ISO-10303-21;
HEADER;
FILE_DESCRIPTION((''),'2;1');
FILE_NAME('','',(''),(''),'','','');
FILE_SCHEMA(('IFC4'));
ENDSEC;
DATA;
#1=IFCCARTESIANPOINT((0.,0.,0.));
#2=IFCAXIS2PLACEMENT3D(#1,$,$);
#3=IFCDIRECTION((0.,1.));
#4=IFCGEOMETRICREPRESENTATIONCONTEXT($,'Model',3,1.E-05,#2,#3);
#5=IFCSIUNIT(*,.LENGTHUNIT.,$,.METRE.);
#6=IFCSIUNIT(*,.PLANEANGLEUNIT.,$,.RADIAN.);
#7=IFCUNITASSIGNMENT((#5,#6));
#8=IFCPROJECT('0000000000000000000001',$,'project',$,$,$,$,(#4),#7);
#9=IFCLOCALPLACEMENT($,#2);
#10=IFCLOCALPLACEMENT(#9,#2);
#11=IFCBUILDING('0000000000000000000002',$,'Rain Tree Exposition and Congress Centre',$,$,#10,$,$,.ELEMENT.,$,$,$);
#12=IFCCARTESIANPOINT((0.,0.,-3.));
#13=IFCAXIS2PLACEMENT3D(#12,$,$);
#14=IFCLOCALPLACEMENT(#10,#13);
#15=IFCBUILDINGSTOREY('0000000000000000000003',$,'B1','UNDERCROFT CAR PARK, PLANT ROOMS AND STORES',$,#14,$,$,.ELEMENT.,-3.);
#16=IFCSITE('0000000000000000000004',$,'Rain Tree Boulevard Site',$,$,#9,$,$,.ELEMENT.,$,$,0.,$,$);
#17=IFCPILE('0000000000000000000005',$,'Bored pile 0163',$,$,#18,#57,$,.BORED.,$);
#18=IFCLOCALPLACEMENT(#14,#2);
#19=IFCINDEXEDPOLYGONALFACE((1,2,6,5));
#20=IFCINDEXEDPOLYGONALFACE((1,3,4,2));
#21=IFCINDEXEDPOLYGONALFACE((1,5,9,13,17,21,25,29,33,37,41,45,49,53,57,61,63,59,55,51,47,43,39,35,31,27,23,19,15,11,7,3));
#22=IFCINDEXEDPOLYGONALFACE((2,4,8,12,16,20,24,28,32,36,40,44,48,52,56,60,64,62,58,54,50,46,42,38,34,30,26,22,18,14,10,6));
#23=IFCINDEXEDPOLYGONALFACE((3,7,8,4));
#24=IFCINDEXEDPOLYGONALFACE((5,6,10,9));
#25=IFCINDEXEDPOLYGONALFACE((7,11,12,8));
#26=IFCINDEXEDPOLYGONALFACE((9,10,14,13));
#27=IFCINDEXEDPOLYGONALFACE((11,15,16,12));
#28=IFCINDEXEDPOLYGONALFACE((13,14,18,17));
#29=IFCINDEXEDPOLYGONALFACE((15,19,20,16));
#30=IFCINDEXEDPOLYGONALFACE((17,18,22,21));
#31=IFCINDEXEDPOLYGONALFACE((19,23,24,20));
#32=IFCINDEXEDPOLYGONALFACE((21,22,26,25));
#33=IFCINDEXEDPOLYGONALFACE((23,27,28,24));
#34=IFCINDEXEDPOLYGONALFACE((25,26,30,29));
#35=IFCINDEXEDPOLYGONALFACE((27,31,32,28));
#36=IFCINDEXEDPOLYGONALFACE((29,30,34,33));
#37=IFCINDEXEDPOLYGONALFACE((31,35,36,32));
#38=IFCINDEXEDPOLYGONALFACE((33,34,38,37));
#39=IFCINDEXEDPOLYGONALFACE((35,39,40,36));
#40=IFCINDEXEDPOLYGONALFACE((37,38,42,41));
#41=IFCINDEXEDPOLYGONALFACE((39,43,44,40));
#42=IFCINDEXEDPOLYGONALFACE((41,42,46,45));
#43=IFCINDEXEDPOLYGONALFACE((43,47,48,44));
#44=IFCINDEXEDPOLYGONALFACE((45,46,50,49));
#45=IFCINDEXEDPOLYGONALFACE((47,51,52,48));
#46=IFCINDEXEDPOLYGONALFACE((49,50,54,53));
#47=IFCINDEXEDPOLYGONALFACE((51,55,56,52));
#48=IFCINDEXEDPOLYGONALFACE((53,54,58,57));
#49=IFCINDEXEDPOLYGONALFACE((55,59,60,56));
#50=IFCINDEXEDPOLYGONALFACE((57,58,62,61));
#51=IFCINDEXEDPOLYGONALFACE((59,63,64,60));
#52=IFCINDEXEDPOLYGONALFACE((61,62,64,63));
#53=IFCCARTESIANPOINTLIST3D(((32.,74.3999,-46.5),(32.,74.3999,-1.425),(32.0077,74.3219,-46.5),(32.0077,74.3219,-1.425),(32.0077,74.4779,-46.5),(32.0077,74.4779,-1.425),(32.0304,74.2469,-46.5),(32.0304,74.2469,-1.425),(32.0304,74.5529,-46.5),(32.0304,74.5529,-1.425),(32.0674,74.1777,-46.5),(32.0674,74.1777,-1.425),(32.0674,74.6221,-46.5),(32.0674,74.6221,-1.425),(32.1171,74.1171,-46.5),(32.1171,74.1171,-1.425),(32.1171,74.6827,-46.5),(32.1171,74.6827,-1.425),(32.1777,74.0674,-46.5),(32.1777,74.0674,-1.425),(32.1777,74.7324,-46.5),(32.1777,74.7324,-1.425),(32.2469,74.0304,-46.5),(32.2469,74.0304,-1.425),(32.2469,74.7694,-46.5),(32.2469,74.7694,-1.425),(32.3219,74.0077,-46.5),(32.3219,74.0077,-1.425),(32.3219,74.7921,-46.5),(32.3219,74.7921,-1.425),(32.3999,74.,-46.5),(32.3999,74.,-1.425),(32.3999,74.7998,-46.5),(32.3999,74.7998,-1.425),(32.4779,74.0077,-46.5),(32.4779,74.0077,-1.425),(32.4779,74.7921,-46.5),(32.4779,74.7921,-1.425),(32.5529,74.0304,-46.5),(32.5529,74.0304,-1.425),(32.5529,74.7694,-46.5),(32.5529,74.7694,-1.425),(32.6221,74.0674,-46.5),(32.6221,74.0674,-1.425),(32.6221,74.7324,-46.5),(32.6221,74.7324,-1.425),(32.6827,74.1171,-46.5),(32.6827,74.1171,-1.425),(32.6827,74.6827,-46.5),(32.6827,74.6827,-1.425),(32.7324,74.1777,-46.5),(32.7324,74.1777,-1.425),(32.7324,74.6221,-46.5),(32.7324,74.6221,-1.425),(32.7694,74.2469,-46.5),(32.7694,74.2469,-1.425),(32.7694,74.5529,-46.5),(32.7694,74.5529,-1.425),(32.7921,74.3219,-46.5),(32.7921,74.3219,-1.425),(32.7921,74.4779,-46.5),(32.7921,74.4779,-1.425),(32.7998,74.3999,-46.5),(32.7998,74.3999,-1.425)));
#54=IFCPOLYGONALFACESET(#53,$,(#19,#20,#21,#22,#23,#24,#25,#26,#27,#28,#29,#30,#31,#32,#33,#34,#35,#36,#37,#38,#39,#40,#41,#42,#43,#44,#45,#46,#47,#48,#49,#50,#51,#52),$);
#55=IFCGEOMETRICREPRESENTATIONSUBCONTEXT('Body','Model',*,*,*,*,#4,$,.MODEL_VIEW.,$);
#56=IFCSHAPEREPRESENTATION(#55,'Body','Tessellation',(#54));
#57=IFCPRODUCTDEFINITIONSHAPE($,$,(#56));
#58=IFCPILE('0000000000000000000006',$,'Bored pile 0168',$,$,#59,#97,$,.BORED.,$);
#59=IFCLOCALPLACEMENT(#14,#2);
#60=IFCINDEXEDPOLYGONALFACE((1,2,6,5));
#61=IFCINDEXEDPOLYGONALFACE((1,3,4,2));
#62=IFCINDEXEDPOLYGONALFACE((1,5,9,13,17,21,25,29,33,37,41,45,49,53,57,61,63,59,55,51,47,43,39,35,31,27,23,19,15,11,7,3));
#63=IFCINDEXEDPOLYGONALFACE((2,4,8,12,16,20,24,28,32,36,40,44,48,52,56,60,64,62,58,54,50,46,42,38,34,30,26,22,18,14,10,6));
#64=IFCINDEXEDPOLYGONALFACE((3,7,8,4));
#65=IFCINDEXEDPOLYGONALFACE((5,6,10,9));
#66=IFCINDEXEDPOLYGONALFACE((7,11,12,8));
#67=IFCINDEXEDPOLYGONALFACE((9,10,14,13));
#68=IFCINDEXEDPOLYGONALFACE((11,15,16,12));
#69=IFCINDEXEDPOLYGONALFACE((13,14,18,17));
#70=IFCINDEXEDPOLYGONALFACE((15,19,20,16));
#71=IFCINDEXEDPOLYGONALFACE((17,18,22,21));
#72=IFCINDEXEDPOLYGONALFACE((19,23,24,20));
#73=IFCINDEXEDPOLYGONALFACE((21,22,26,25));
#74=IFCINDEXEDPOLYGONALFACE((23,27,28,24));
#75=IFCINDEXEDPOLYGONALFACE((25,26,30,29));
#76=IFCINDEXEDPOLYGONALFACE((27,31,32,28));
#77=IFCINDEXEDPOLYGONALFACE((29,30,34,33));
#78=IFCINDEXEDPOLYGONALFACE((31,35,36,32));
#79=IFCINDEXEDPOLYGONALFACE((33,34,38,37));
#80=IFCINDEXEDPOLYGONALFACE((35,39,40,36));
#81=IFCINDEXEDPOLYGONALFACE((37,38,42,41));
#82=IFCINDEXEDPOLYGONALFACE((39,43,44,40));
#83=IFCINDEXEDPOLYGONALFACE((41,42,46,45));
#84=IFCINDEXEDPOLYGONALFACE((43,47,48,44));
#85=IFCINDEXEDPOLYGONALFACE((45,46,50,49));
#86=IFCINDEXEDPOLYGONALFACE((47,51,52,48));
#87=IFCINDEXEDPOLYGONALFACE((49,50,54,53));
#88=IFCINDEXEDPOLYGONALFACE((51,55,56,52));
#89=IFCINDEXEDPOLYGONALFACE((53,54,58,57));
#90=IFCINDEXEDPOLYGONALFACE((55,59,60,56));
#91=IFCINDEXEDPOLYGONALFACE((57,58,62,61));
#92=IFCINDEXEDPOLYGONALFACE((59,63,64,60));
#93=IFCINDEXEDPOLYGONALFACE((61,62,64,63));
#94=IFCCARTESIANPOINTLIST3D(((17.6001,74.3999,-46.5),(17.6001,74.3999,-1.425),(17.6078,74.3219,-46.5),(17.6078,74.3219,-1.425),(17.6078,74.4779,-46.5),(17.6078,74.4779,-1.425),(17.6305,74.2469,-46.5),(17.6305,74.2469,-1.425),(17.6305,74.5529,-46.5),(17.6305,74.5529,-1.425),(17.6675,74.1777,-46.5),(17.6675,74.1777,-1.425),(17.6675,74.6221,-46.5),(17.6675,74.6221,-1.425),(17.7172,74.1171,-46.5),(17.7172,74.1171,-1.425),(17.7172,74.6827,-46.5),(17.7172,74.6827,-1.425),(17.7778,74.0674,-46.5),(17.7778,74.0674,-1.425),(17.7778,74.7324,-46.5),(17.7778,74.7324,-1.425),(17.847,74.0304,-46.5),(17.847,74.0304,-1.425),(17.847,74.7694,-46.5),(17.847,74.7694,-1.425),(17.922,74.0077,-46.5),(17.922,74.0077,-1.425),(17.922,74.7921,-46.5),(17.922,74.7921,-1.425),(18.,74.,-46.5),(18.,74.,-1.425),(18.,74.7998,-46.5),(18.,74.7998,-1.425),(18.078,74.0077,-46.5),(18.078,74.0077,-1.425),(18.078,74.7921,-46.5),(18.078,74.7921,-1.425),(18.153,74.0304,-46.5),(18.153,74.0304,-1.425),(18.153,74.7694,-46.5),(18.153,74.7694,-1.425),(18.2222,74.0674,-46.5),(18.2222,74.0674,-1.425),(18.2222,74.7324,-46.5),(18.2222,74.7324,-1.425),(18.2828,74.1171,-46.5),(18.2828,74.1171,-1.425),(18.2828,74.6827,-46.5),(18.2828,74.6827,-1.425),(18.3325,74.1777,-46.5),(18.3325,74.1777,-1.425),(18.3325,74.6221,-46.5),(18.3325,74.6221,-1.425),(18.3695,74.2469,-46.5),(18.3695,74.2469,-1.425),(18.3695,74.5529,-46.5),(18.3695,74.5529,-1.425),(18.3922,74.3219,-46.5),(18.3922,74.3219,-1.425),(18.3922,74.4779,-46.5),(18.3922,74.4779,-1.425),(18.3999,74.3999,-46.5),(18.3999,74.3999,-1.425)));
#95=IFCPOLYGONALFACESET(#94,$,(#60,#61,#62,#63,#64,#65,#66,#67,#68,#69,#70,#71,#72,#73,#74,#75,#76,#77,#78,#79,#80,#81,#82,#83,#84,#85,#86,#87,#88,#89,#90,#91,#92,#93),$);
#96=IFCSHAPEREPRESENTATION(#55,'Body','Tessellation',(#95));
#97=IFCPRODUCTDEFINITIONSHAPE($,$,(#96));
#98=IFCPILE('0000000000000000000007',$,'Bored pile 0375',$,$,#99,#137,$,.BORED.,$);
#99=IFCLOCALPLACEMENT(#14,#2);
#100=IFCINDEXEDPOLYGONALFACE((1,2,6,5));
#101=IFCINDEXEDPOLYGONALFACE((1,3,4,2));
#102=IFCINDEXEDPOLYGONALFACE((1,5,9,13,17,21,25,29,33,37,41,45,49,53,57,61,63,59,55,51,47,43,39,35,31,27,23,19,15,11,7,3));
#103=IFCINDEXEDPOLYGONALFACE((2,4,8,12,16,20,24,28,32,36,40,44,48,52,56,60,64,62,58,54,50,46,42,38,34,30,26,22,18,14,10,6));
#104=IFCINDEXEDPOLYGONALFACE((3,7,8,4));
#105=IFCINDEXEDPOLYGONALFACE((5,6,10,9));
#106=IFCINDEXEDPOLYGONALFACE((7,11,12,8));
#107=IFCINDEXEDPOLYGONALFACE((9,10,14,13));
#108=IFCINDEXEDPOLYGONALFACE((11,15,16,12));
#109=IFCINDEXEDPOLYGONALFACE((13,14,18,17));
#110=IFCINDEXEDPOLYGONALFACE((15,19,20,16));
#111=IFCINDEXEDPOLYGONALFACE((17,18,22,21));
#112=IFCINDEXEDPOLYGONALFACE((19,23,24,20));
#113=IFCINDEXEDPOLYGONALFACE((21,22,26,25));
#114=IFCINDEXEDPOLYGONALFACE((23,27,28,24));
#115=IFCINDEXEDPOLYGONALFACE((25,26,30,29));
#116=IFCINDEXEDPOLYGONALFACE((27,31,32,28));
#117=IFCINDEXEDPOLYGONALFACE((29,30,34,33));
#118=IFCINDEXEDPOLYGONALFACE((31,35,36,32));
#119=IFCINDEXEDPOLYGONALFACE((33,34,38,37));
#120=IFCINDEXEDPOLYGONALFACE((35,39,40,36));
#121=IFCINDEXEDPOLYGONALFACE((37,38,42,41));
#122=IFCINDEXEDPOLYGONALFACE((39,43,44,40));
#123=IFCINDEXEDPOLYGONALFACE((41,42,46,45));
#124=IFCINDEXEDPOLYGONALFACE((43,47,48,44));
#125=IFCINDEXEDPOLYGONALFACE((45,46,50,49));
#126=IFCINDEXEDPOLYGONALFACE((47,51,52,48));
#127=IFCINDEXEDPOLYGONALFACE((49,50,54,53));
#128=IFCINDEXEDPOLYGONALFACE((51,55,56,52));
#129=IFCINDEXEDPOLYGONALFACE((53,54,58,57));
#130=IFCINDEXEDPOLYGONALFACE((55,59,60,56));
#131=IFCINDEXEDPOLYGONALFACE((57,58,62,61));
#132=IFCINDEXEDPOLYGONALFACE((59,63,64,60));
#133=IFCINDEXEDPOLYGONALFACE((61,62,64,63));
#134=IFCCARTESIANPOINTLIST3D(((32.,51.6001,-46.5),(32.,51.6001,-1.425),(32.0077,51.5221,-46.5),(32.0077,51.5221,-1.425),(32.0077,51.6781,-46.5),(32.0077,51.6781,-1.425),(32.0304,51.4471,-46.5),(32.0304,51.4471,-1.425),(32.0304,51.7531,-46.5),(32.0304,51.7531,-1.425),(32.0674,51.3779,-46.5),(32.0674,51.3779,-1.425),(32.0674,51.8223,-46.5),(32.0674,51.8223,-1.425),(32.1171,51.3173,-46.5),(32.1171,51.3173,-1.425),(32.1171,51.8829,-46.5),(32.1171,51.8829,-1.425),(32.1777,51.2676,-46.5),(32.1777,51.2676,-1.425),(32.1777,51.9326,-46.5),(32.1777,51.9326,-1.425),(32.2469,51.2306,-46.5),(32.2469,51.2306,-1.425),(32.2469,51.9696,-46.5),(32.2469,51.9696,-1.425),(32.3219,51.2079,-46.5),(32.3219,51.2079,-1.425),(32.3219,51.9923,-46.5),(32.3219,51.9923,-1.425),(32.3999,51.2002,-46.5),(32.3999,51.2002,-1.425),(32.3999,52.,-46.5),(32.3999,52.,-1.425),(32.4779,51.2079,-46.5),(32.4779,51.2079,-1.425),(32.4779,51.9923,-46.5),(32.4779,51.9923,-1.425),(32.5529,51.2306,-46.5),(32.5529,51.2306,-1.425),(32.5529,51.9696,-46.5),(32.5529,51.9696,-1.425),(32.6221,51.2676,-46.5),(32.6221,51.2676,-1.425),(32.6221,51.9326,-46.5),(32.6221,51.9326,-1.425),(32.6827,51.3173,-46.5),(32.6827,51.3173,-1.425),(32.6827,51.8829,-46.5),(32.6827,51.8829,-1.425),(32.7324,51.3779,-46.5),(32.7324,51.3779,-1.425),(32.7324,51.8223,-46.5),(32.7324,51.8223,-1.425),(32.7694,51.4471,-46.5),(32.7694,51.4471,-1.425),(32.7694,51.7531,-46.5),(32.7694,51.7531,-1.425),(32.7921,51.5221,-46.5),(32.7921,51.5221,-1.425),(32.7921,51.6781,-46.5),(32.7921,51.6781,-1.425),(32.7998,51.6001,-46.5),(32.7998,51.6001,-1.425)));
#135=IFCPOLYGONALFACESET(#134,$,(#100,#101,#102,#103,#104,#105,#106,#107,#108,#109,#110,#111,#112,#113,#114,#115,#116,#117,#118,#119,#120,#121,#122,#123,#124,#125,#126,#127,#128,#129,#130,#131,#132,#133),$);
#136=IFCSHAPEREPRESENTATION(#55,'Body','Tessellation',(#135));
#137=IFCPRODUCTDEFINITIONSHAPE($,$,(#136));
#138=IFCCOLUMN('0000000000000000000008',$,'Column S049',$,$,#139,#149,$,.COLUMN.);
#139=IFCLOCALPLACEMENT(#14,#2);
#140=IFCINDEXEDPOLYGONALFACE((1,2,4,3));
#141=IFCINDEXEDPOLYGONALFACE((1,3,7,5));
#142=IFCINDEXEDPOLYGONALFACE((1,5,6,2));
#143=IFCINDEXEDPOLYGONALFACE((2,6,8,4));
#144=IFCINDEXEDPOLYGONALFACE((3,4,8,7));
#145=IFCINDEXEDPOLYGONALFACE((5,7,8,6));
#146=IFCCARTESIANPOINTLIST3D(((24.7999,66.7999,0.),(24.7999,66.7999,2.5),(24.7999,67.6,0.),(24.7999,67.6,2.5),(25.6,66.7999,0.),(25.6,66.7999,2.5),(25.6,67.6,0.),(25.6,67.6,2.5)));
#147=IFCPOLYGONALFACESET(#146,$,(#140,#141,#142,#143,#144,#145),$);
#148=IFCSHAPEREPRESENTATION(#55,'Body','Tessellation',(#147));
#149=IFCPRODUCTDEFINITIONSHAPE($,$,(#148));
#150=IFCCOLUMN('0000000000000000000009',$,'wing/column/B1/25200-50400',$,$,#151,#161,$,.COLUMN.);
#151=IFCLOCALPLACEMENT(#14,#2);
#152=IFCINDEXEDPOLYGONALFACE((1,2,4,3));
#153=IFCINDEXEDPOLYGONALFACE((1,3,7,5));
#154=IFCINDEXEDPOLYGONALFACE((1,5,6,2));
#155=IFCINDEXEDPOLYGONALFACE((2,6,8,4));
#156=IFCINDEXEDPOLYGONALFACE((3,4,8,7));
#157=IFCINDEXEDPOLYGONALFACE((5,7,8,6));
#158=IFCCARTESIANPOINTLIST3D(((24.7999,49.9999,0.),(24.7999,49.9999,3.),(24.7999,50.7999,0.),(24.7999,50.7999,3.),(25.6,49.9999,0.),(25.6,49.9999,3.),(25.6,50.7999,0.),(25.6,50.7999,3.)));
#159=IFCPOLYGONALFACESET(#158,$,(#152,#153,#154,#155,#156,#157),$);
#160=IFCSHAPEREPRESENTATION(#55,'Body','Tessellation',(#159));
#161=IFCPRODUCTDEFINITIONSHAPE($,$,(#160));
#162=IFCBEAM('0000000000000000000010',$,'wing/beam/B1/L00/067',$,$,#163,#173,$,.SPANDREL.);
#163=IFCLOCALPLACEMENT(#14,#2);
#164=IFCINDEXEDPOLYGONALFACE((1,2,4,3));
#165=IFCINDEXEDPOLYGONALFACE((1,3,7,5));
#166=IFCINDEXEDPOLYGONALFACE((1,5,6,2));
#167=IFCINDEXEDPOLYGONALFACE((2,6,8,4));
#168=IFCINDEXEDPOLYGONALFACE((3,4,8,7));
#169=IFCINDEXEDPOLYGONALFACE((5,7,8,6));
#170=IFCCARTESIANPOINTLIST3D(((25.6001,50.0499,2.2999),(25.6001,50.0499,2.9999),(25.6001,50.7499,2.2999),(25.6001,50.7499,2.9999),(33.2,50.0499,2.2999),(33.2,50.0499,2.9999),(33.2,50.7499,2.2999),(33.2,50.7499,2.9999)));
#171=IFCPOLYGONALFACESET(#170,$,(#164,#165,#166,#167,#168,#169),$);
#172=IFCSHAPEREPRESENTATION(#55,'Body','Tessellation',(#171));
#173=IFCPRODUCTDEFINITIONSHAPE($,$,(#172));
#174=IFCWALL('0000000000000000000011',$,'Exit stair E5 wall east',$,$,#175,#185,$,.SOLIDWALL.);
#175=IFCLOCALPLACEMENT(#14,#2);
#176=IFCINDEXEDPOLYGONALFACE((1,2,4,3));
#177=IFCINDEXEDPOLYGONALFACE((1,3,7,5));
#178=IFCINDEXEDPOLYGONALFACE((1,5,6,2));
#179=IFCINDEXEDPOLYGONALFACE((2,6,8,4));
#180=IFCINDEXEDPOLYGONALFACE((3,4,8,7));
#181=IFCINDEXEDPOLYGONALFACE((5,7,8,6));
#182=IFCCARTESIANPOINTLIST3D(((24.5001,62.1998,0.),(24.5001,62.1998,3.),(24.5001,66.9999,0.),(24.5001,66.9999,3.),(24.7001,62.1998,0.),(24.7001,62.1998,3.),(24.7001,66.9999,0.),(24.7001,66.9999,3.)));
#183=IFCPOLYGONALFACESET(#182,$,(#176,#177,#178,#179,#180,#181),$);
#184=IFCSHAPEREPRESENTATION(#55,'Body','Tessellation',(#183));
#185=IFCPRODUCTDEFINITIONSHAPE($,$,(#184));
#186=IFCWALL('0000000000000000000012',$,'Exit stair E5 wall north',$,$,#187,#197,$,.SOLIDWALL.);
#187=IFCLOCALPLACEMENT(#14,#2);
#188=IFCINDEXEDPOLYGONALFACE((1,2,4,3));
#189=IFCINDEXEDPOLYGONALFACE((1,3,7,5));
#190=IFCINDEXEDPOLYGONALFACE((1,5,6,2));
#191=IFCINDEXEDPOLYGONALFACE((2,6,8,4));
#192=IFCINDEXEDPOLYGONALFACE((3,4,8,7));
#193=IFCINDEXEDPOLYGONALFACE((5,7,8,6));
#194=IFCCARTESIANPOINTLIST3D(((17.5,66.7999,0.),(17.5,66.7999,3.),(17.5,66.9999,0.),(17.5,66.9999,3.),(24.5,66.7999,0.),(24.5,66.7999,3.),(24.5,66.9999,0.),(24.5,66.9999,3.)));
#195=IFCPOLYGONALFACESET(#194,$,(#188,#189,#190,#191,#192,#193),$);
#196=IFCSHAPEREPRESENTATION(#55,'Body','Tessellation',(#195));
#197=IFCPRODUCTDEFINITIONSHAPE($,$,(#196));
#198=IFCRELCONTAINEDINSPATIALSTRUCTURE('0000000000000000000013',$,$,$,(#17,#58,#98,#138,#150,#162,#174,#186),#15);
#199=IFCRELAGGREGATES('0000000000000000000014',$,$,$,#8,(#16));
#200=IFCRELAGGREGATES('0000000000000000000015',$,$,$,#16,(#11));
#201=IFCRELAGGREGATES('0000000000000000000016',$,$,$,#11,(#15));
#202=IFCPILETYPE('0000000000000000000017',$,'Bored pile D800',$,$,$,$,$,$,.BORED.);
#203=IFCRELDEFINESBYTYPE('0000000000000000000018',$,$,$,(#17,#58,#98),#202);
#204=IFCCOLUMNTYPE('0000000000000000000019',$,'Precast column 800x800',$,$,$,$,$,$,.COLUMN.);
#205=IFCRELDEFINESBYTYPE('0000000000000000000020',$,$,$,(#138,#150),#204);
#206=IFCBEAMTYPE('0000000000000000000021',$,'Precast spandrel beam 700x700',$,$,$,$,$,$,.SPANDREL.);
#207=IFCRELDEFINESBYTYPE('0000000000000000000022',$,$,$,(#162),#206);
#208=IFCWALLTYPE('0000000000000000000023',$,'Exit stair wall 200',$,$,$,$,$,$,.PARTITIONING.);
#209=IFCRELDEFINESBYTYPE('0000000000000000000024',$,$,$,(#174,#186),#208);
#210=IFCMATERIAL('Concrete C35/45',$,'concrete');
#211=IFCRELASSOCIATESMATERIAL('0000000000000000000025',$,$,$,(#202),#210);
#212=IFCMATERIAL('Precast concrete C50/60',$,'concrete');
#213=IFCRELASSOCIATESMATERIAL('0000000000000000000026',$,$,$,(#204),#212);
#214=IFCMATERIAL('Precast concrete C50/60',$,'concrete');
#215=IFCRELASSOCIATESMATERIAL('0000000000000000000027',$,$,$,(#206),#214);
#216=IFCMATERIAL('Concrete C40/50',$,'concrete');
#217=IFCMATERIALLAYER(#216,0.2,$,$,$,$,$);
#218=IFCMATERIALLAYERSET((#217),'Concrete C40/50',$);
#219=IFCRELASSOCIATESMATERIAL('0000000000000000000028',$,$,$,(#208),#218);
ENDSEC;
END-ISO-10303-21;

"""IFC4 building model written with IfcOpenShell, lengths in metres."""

from ifc_helpers import new_model, si_unit, direction, frame, frame_2d, origin, origin_2d, place, context, subcontext, project, spatial, rectangle, circle, extrude, material, layer, layer_set, material_profile, profile_set, type_object, element, save


model = new_model("IFC4")

# Units and contexts
model_context = context("Model", 3, precision=1e-05, world=origin(), true_north=direction((0.0, 1.0)))
body_context = subcontext(model_context, "Body", "Model", "MODEL_VIEW")
ifc_project = project(units=[si_unit("LENGTHUNIT", "METRE"), si_unit("PLANEANGLEUNIT", "RADIAN")], contexts=[model_context])

# Site, building, storey
site_placement = place(None, origin())
site = spatial("IfcSite", under=ifc_project, at=site_placement, Name="Rain Tree Boulevard Site", CompositionType="ELEMENT", RefElevation=0.0)
building_placement = place(site_placement, origin())
building = spatial("IfcBuilding", under=site, at=building_placement, Name="Rain Tree Exposition and Congress Centre", CompositionType="ELEMENT")
storey_placement = place(building_placement, frame((0.0, 0.0, -3.0)))
storey = spatial("IfcBuildingStorey", under=building, at=storey_placement, Name="B1", Description="UNDERCROFT CAR PARK, PLANT ROOMS AND STORES", CompositionType="ELEMENT", Elevation=-3.0)

# Piles
ifc_material_1 = material(Name="Concrete C35/45", Category="concrete")
ifc_material_profile_1 = material_profile(ifc_material_1, circle(Radius=0.3999, at=origin_2d()), Name="D800")
ifc_profile_set_1 = profile_set([ifc_material_profile_1], Name="Concrete C35/45")
pile_type_1 = type_object("IfcPileType", Name="Bored pile D800", PredefinedType="BORED", material=ifc_profile_set_1)
for number, where, z_axis, x_axis, name in (
    (1, (32.3999, 74.3999, -1.425), (0.0, 0.0, -1.0), (1.0, 0.0, 0.0), "Bored pile 0163"),
    (2, (18.0, 74.3999, -1.425), (0.0, 0.0, -1.0), (1.0, 0.0, 0.0), "Bored pile 0168"),
    (3, (32.3999, 51.6001, -1.425), (0.0, 0.0, -1.0), (1.0, 0.0, 0.0), "Bored pile 0375"),
):
    element("IfcPile", number, at=place(storey_placement, frame(where, z_axis=z_axis, x_axis=x_axis)), inside=storey, type_object=pile_type_1, Name=name, PredefinedType="BORED", context=body_context, shape_type="SweptSolid", body=[
        extrude(circle(Radius=0.3999, at=origin_2d()), origin(), (0.0, 0.0, 1.0), 45.075),
    ])

# Columns
ifc_material_2 = material(Name="Precast concrete C50/60", Category="concrete")
ifc_material_profile_2 = material_profile(ifc_material_2, rectangle(XDim=0.8, YDim=0.8, at=origin_2d()), Name="RC 800x800")
ifc_profile_set_2 = profile_set([ifc_material_profile_2], Name="Precast concrete C50/60")
column_type = type_object("IfcColumnType", Name="Precast column 800x800", PredefinedType="COLUMN", material=ifc_profile_set_2)
column_1_placement = place(storey_placement, frame((25.2, 67.2, 0.0), z_axis=(0.0, 0.0, 1.0), x_axis=(1.0, 0.0, 0.0)))
element("IfcColumn", 4, at=column_1_placement, inside=storey, type_object=column_type, Name="Column S049", PredefinedType="COLUMN", context=body_context, shape_type="SweptSolid", body=[
    extrude(rectangle(XDim=0.8, YDim=0.8, at=origin_2d()), origin(), (0.0, 0.0, 1.0), 2.5),
])
column_2_placement = place(storey_placement, frame((25.2, 50.3999, 0.0), z_axis=(0.0, 0.0, 1.0), x_axis=(1.0, 0.0, 0.0)))
element("IfcColumn", 5, at=column_2_placement, inside=storey, type_object=column_type, Name="wing/column/B1/25200-50400", PredefinedType="COLUMN", context=body_context, shape_type="SweptSolid", body=[
    extrude(rectangle(XDim=0.8, YDim=0.8, at=origin_2d()), origin(), (0.0, 0.0, 1.0), 3.0),
])

# Beam
ifc_material_3 = material(Name="Precast concrete C50/60", Category="concrete")
ifc_material_profile_3 = material_profile(ifc_material_3, rectangle(XDim=0.7, YDim=0.7, at=origin_2d()), Name="RC 700x700")
ifc_profile_set_3 = profile_set([ifc_material_profile_3], Name="Precast concrete C50/60")
beam_type = type_object("IfcBeamType", Name="Precast spandrel beam 700x700", PredefinedType="SPANDREL", material=ifc_profile_set_3)
beam_placement = place(storey_placement, frame((25.6001, 50.3999, 2.6499), z_axis=(1.0, 0.0, 0.0), x_axis=(0.0, 1.0, 0.0)))
element("IfcBeam", 6, at=beam_placement, inside=storey, type_object=beam_type, Name="wing/beam/B1/L00/067", PredefinedType="SPANDREL", context=body_context, shape_type="SweptSolid", body=[
    extrude(rectangle(XDim=0.7, YDim=0.7, at=origin_2d()), origin(), (0.0, 0.0, 1.0), 7.5999),
])

# Wall
ifc_material_4 = material(Name="Concrete C40/50", Category="concrete")
ifc_layer_1 = layer(ifc_material_4, 0.2)
ifc_layer_set_1 = layer_set([ifc_layer_1], Name="Concrete C40/50")
wall_type_1 = type_object("IfcWallType", Name="Exit stair wall 200", PredefinedType="PARTITIONING", material=ifc_layer_set_1)
wall_1_placement = place(storey_placement, frame((24.6001, 62.2, 0.0), z_axis=(0.0, 0.0, 1.0), x_axis=(0.0, 1.0, 0.0)))
element("IfcWall", 7, at=wall_1_placement, inside=storey, type_object=wall_type_1, Name="Exit stair E5 wall east", PredefinedType="SOLIDWALL", context=body_context, shape_type="SweptSolid", body=[
    extrude(rectangle(XDim=4.8, YDim=0.2, at=frame_2d((2.3999, 0.0))), origin(), (0.0, 0.0, 1.0), 3.0),
])

# Wall
wall_2_placement = place(storey_placement, frame((17.5, 66.8999, 0.0), z_axis=(0.0, 0.0, 1.0), x_axis=(1.0, 0.0, 0.0)))
element("IfcWall", 8, at=wall_2_placement, inside=storey, type_object=wall_type_1, Name="Exit stair E5 wall north", PredefinedType="SOLIDWALL", context=body_context, shape_type="SweptSolid", body=[
    extrude(rectangle(XDim=7.0, YDim=0.2, at=frame_2d((3.5, 0.0))), origin(), (0.0, 0.0, 1.0), 3.0),
])

save(model, "model.ifc")
